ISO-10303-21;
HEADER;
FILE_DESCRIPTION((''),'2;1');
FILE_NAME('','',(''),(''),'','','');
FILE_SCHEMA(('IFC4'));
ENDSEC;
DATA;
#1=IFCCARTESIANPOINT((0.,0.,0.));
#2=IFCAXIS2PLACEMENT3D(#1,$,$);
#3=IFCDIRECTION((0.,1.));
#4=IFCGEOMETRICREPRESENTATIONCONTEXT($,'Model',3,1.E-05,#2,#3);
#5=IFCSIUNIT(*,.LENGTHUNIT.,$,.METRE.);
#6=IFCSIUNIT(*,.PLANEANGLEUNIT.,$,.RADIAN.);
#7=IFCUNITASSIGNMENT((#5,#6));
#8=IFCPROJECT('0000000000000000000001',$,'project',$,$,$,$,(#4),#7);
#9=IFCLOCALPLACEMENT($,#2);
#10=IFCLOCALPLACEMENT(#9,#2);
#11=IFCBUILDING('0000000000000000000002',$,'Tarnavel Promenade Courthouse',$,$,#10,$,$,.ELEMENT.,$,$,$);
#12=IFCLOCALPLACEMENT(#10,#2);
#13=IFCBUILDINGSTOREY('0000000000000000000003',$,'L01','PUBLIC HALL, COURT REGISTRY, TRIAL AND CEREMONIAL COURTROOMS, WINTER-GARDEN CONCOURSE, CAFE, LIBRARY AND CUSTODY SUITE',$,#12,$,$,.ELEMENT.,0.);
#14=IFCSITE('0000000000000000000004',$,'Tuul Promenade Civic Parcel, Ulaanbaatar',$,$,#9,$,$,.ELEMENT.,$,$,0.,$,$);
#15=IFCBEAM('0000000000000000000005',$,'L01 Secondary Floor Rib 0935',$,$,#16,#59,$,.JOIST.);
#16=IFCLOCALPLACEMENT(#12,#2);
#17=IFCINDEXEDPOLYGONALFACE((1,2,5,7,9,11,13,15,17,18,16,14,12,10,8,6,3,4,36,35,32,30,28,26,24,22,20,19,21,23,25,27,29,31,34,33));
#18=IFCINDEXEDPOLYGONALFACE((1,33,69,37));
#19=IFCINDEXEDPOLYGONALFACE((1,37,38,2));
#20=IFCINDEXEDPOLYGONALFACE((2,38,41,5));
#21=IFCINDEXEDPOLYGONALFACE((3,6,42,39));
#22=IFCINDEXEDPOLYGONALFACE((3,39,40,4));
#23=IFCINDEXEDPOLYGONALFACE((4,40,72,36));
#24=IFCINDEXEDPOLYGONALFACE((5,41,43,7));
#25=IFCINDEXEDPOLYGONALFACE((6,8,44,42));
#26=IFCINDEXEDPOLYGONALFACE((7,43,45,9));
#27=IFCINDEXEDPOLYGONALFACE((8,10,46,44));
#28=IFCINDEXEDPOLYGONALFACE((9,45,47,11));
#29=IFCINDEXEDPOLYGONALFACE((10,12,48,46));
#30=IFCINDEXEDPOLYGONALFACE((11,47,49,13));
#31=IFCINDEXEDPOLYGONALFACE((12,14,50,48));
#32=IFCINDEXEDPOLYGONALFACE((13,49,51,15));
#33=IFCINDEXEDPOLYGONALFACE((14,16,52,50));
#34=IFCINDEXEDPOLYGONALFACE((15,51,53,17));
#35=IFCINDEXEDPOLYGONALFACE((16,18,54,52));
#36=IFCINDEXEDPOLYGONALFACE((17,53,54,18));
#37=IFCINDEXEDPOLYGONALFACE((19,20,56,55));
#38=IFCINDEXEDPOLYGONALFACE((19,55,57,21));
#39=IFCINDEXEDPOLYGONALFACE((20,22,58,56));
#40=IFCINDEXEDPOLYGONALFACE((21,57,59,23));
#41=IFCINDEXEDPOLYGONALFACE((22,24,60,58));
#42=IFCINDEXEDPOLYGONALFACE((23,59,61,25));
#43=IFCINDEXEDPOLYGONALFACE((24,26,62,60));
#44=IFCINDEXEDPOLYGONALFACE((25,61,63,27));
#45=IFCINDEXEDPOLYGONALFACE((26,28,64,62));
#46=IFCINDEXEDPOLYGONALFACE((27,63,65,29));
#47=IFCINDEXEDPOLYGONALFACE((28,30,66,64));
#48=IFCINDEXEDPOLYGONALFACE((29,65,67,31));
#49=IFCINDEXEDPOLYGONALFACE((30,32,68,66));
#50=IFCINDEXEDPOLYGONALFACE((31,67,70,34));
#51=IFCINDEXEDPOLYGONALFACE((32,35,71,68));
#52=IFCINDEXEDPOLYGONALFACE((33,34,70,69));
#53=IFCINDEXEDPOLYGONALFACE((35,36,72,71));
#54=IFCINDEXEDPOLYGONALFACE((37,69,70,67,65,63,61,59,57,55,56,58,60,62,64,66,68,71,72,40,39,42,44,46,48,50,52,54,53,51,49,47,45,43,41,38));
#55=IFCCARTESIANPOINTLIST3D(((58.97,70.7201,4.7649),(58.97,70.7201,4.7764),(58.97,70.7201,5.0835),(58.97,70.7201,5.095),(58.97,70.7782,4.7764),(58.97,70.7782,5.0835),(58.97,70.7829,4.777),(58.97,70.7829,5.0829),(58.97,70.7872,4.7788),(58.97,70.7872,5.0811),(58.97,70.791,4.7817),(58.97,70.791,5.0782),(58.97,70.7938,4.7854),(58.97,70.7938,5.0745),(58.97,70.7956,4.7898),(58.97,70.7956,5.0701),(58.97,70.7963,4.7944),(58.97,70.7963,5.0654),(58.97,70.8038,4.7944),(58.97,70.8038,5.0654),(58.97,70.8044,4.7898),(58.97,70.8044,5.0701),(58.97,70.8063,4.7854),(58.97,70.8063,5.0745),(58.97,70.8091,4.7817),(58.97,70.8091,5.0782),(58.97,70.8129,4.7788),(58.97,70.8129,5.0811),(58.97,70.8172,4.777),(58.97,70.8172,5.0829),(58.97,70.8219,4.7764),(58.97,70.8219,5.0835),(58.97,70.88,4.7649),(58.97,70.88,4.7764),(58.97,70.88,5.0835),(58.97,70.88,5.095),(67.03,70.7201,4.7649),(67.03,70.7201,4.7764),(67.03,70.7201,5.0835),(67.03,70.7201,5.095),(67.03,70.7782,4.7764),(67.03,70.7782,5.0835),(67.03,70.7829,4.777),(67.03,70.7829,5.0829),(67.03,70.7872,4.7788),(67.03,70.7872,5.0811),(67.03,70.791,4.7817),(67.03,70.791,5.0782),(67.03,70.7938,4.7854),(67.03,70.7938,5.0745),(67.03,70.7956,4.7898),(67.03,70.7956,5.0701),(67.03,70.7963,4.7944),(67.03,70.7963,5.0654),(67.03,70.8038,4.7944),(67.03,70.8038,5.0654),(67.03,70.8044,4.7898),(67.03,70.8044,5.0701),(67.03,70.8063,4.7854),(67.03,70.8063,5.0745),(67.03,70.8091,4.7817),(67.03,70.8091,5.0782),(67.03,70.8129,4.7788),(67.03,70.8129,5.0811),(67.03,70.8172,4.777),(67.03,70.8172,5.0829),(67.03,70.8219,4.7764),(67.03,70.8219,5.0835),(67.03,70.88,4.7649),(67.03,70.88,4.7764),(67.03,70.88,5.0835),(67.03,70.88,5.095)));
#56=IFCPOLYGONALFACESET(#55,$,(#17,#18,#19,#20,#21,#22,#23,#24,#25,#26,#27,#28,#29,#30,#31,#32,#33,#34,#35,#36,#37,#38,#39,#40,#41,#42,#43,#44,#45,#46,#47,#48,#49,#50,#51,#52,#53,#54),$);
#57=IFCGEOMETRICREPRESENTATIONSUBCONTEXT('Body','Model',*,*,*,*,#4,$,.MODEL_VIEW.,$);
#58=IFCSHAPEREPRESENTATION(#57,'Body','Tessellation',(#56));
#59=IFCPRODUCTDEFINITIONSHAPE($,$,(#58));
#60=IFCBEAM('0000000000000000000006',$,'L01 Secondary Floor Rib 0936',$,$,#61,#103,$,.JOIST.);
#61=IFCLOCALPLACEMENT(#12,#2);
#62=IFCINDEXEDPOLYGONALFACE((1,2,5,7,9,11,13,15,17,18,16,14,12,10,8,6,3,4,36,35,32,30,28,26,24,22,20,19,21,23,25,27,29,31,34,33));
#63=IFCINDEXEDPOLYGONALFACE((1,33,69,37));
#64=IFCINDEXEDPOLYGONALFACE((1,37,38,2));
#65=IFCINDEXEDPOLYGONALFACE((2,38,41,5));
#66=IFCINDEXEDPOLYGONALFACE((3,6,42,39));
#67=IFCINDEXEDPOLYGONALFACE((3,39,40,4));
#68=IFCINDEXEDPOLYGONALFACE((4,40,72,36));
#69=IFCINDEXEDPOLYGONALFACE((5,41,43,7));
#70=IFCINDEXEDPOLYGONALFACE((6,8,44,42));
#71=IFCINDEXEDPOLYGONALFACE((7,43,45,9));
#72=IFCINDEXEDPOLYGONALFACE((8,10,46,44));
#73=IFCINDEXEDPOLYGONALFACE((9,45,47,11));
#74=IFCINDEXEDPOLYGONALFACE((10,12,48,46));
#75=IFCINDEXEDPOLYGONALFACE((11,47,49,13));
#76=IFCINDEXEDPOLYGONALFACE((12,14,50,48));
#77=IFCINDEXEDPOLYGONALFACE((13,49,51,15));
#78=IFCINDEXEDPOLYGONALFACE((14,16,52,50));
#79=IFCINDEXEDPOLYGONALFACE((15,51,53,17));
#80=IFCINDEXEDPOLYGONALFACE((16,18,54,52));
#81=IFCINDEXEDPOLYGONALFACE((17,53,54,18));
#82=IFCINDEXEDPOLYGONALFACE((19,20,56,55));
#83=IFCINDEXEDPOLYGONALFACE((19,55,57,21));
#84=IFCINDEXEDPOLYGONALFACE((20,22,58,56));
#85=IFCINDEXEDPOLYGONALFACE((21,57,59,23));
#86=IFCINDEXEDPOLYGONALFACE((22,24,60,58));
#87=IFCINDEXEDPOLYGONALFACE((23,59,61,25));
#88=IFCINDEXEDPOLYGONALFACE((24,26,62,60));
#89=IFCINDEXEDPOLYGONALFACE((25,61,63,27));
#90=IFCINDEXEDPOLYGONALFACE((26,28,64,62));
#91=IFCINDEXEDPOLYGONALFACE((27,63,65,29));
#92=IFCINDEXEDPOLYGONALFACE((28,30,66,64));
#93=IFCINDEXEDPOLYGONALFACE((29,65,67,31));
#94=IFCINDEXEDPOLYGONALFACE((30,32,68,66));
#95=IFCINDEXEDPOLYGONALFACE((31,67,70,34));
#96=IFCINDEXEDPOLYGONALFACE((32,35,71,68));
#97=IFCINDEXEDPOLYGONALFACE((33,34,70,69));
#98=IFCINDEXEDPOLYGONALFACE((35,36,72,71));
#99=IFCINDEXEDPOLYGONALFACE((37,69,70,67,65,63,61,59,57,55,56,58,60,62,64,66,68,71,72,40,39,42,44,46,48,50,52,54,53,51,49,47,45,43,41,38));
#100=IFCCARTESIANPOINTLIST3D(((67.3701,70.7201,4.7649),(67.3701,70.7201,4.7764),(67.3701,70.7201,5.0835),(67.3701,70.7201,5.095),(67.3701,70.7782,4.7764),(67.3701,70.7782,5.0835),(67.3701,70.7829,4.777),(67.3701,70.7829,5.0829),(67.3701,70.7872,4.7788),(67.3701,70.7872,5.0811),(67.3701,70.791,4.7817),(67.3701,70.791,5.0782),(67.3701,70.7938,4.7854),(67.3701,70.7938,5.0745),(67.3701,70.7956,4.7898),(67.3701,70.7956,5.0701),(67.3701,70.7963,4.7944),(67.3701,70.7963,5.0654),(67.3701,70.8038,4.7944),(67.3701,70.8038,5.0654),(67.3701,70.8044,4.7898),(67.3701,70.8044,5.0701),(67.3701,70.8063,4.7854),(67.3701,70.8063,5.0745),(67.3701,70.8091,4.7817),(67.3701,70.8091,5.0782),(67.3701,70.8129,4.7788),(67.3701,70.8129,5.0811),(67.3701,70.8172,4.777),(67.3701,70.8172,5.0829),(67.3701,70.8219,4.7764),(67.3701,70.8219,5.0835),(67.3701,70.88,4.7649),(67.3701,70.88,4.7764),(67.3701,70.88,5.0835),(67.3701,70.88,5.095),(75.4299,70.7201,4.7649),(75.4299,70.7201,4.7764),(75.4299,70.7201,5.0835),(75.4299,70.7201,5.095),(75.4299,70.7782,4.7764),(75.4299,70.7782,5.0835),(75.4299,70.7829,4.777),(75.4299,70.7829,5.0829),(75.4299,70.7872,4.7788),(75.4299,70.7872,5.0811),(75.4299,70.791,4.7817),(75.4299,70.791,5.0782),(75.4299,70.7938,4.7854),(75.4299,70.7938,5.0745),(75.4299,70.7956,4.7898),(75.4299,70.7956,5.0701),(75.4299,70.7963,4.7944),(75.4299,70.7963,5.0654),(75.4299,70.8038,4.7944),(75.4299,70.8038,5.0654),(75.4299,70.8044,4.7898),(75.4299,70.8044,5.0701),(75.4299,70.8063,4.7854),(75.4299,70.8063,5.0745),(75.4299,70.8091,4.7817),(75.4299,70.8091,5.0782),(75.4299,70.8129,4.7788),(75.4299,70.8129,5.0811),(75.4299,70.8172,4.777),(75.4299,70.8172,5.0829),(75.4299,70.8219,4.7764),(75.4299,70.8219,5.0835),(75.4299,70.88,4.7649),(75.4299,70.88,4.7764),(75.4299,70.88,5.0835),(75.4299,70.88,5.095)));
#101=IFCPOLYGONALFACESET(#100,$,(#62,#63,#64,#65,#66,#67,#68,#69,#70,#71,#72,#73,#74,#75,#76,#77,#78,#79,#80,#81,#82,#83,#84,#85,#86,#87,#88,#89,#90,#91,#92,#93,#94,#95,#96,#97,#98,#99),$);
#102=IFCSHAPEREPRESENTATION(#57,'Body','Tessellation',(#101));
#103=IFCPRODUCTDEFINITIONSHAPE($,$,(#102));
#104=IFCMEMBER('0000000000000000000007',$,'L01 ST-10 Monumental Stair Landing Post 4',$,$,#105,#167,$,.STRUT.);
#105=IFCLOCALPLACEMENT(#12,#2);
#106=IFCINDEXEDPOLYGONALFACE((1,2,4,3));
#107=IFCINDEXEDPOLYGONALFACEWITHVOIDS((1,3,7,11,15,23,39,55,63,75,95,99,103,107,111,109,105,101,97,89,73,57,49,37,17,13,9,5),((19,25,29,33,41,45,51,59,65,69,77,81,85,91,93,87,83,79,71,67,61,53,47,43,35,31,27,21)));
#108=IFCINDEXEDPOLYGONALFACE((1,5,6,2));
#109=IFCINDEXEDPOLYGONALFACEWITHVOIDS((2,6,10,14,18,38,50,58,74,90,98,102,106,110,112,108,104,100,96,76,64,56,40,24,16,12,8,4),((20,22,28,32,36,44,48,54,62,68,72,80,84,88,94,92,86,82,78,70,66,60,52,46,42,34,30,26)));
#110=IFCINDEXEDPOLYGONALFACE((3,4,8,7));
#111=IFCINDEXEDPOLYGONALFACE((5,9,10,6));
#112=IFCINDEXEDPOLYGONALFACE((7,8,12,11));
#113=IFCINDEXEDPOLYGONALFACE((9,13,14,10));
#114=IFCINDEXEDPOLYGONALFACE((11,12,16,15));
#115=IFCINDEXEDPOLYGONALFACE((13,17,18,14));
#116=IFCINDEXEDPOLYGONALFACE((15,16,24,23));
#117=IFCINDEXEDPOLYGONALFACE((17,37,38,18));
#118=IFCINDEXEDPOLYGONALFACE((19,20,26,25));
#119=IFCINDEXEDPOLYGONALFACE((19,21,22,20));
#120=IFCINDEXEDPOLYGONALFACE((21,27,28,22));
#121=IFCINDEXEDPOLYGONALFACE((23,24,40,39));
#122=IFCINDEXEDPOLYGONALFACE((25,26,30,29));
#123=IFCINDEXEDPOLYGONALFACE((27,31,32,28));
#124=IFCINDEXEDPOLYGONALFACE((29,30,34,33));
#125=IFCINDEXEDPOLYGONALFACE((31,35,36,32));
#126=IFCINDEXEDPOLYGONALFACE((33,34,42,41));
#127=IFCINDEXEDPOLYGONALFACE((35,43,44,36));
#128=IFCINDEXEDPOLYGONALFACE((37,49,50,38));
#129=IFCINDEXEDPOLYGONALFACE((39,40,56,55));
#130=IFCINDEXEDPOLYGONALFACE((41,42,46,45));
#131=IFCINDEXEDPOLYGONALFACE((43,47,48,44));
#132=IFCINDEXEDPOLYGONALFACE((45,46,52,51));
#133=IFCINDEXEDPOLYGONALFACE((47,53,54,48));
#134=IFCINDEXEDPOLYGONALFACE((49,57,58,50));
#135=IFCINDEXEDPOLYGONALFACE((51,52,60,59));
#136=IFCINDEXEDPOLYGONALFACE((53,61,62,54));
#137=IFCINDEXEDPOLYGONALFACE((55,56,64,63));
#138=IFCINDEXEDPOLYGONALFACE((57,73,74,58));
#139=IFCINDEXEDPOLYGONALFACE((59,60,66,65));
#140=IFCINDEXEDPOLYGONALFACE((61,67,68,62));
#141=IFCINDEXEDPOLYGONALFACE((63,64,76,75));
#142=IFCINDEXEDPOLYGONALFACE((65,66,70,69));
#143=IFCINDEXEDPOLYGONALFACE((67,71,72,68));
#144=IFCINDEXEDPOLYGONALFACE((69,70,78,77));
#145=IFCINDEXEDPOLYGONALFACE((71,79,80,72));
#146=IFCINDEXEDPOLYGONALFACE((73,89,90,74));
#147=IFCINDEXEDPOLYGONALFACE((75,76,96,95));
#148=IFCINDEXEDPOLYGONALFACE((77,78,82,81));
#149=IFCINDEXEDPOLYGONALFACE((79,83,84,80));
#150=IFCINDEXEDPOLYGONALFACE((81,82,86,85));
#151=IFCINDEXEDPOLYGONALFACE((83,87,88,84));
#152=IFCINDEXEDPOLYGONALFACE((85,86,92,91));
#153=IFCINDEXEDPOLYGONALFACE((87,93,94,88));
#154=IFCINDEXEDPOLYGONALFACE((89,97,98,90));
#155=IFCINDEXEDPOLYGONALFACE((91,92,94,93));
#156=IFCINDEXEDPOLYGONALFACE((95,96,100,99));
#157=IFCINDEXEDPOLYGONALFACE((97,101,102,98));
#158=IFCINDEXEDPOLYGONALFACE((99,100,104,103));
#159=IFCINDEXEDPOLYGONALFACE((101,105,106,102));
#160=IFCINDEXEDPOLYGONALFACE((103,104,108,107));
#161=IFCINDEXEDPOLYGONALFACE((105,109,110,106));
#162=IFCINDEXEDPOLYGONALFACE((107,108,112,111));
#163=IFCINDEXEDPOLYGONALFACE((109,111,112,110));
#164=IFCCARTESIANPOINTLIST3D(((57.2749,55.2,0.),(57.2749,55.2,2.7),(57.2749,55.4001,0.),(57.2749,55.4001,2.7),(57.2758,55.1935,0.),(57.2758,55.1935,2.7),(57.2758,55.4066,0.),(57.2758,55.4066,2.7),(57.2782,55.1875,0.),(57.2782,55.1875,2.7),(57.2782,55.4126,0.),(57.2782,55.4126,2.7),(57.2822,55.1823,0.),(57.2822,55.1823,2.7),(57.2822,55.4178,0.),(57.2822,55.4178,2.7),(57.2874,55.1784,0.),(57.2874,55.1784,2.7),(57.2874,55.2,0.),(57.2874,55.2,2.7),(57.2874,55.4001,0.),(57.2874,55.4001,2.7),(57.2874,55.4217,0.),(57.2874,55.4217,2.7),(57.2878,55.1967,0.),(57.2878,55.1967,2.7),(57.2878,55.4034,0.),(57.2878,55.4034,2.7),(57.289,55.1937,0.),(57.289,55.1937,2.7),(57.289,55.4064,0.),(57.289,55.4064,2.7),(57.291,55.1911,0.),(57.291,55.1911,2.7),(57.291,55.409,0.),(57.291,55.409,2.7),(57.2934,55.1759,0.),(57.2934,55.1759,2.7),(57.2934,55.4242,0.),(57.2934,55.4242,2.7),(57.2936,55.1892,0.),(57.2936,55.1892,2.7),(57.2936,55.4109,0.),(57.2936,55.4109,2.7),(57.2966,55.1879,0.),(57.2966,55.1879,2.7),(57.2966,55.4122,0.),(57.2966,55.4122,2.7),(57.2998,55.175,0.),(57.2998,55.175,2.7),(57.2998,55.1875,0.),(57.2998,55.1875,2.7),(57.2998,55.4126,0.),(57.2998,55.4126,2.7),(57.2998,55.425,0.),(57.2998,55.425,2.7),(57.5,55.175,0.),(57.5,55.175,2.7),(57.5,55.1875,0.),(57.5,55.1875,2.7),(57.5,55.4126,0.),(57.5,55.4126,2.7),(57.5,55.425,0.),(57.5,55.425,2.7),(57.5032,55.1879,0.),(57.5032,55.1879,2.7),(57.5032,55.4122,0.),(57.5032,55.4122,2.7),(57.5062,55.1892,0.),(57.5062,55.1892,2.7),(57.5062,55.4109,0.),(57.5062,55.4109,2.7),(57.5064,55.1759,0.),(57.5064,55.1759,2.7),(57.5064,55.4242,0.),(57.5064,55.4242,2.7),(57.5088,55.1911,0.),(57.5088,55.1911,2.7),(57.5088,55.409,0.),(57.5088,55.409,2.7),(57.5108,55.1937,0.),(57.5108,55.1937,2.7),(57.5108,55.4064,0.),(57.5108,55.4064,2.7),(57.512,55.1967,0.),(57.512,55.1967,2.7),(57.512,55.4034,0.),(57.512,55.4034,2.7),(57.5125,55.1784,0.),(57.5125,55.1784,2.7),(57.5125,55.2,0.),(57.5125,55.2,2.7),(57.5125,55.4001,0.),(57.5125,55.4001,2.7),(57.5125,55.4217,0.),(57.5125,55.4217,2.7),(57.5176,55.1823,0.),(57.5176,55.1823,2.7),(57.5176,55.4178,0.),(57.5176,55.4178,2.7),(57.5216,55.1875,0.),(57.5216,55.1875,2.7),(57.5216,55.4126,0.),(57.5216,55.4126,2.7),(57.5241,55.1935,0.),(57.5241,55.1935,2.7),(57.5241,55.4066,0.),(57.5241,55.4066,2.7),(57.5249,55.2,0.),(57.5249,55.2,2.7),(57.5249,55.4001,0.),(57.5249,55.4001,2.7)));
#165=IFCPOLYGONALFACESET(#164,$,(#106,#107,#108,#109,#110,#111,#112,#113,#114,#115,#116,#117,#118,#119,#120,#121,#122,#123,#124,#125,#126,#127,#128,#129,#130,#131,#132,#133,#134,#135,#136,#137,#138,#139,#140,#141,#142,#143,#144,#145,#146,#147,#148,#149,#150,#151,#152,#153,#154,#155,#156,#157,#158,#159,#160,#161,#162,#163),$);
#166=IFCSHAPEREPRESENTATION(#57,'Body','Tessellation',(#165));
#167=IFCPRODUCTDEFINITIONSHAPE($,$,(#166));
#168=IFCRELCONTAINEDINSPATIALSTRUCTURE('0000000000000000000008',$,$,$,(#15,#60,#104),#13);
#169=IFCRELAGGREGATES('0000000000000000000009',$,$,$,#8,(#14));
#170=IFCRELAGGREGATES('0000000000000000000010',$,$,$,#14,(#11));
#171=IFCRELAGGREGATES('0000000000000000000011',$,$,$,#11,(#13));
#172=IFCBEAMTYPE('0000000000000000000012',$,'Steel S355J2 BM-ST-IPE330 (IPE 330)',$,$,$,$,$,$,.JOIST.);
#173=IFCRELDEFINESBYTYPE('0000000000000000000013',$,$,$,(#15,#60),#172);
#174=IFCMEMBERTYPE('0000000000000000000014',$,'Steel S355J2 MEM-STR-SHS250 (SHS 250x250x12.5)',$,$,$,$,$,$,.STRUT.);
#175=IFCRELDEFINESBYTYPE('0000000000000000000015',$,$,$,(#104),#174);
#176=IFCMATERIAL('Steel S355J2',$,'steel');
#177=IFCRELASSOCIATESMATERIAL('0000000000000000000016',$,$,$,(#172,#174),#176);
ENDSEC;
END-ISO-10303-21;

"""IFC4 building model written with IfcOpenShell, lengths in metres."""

from ifc_helpers import new_model, si_unit, direction, frame, origin, origin_2d, place, context, subcontext, project, spatial, hollow_rectangle, i_section, extrude, material, material_profile, profile_set, type_object, element, save


model = new_model("IFC4")

# Units and contexts
model_context = context("Model", 3, precision=1e-05, world=origin(), true_north=direction((0.0, 1.0)))
body_context = subcontext(model_context, "Body", "Model", "MODEL_VIEW")
ifc_project = project(units=[si_unit("LENGTHUNIT", "METRE"), si_unit("PLANEANGLEUNIT", "RADIAN")], contexts=[model_context])

# Site, building, storey
site_placement = place(None, origin())
site = spatial("IfcSite", under=ifc_project, at=site_placement, Name="Tuul Promenade Civic Parcel, Ulaanbaatar", CompositionType="ELEMENT", RefElevation=0.0)
building_placement = place(site_placement, origin())
building = spatial("IfcBuilding", under=site, at=building_placement, Name="Tarnavel Promenade Courthouse", CompositionType="ELEMENT")
storey_placement = place(building_placement, origin())
storey = spatial("IfcBuildingStorey", under=building, at=storey_placement, Name="L01", Description="PUBLIC HALL, COURT REGISTRY, TRIAL AND CEREMONIAL COURTROOMS, WINTER-GARDEN CONCOURSE, CAFE, LIBRARY AND CUSTODY SUITE", CompositionType="ELEMENT", Elevation=0.0)

# Beams
ifc_material_1 = material(Name="Steel S355J2", Category="steel")
ifc_material_profile_1 = material_profile(ifc_material_1, i_section(OverallWidth=0.1599, OverallDepth=0.3301, WebThickness=0.0076, FlangeThickness=0.0115, FilletRadius=0.0181, at=origin_2d()), Name="IPE 330")
ifc_profile_set_1 = profile_set([ifc_material_profile_1], Name="Steel S355J2")
beam_type_1 = type_object("IfcBeamType", Name="Steel S355J2 BM-ST-IPE330 (IPE 330)", PredefinedType="JOIST", material=ifc_profile_set_1)
beam_1_placement = place(storey_placement, frame((58.97, 70.8, 4.9299), z_axis=(1.0, 0.0, 0.0), x_axis=(0.0, 1.0, 0.0)))
element("IfcBeam", 1, at=beam_1_placement, inside=storey, type_object=beam_type_1, Name="L01 Secondary Floor Rib 0935", PredefinedType="JOIST", context=body_context, shape_type="SweptSolid", body=[
    extrude(i_section(OverallWidth=0.1599, OverallDepth=0.3301, WebThickness=0.0076, FlangeThickness=0.0115, FilletRadius=0.0181, at=origin_2d()), origin(), (0.0, 0.0, 1.0), 8.0601),
])
beam_2_placement = place(storey_placement, frame((67.3701, 70.8, 4.9299), z_axis=(1.0, 0.0, 0.0), x_axis=(0.0, 1.0, 0.0)))
element("IfcBeam", 2, at=beam_2_placement, inside=storey, type_object=beam_type_1, Name="L01 Secondary Floor Rib 0936", PredefinedType="JOIST", context=body_context, shape_type="SweptSolid", body=[
    extrude(i_section(OverallWidth=0.1599, OverallDepth=0.3301, WebThickness=0.0076, FlangeThickness=0.0115, FilletRadius=0.0181, at=origin_2d()), origin(), (0.0, 0.0, 1.0), 8.0598),
])

# Member
ifc_material_profile_2 = material_profile(ifc_material_1, hollow_rectangle(XDim=0.25, YDim=0.25, WallThickness=0.0125, InnerFilletRadius=0.0125, OuterFilletRadius=0.0249, at=origin_2d()), Name="SHS 250x250x12.5")
ifc_profile_set_2 = profile_set([ifc_material_profile_2], Name="Steel S355J2")
member_type_1 = type_object("IfcMemberType", Name="Steel S355J2 MEM-STR-SHS250 (SHS 250x250x12.5)", PredefinedType="STRUT", material=ifc_profile_set_2)
member_1_placement = place(storey_placement, frame((57.3999, 55.3, 0.0), z_axis=(0.0, 0.0, 1.0), x_axis=(1.0, 0.0, 0.0)))
element("IfcMember", 3, at=member_1_placement, inside=storey, type_object=member_type_1, Name="L01 ST-10 Monumental Stair Landing Post 4", PredefinedType="STRUT", context=body_context, shape_type="SweptSolid", body=[
    extrude(hollow_rectangle(XDim=0.25, YDim=0.25, WallThickness=0.0125, InnerFilletRadius=0.0125, OuterFilletRadius=0.0249, at=origin_2d()), origin(), (0.0, 0.0, 1.0), 2.7),
])

save(model, "model.ifc")
